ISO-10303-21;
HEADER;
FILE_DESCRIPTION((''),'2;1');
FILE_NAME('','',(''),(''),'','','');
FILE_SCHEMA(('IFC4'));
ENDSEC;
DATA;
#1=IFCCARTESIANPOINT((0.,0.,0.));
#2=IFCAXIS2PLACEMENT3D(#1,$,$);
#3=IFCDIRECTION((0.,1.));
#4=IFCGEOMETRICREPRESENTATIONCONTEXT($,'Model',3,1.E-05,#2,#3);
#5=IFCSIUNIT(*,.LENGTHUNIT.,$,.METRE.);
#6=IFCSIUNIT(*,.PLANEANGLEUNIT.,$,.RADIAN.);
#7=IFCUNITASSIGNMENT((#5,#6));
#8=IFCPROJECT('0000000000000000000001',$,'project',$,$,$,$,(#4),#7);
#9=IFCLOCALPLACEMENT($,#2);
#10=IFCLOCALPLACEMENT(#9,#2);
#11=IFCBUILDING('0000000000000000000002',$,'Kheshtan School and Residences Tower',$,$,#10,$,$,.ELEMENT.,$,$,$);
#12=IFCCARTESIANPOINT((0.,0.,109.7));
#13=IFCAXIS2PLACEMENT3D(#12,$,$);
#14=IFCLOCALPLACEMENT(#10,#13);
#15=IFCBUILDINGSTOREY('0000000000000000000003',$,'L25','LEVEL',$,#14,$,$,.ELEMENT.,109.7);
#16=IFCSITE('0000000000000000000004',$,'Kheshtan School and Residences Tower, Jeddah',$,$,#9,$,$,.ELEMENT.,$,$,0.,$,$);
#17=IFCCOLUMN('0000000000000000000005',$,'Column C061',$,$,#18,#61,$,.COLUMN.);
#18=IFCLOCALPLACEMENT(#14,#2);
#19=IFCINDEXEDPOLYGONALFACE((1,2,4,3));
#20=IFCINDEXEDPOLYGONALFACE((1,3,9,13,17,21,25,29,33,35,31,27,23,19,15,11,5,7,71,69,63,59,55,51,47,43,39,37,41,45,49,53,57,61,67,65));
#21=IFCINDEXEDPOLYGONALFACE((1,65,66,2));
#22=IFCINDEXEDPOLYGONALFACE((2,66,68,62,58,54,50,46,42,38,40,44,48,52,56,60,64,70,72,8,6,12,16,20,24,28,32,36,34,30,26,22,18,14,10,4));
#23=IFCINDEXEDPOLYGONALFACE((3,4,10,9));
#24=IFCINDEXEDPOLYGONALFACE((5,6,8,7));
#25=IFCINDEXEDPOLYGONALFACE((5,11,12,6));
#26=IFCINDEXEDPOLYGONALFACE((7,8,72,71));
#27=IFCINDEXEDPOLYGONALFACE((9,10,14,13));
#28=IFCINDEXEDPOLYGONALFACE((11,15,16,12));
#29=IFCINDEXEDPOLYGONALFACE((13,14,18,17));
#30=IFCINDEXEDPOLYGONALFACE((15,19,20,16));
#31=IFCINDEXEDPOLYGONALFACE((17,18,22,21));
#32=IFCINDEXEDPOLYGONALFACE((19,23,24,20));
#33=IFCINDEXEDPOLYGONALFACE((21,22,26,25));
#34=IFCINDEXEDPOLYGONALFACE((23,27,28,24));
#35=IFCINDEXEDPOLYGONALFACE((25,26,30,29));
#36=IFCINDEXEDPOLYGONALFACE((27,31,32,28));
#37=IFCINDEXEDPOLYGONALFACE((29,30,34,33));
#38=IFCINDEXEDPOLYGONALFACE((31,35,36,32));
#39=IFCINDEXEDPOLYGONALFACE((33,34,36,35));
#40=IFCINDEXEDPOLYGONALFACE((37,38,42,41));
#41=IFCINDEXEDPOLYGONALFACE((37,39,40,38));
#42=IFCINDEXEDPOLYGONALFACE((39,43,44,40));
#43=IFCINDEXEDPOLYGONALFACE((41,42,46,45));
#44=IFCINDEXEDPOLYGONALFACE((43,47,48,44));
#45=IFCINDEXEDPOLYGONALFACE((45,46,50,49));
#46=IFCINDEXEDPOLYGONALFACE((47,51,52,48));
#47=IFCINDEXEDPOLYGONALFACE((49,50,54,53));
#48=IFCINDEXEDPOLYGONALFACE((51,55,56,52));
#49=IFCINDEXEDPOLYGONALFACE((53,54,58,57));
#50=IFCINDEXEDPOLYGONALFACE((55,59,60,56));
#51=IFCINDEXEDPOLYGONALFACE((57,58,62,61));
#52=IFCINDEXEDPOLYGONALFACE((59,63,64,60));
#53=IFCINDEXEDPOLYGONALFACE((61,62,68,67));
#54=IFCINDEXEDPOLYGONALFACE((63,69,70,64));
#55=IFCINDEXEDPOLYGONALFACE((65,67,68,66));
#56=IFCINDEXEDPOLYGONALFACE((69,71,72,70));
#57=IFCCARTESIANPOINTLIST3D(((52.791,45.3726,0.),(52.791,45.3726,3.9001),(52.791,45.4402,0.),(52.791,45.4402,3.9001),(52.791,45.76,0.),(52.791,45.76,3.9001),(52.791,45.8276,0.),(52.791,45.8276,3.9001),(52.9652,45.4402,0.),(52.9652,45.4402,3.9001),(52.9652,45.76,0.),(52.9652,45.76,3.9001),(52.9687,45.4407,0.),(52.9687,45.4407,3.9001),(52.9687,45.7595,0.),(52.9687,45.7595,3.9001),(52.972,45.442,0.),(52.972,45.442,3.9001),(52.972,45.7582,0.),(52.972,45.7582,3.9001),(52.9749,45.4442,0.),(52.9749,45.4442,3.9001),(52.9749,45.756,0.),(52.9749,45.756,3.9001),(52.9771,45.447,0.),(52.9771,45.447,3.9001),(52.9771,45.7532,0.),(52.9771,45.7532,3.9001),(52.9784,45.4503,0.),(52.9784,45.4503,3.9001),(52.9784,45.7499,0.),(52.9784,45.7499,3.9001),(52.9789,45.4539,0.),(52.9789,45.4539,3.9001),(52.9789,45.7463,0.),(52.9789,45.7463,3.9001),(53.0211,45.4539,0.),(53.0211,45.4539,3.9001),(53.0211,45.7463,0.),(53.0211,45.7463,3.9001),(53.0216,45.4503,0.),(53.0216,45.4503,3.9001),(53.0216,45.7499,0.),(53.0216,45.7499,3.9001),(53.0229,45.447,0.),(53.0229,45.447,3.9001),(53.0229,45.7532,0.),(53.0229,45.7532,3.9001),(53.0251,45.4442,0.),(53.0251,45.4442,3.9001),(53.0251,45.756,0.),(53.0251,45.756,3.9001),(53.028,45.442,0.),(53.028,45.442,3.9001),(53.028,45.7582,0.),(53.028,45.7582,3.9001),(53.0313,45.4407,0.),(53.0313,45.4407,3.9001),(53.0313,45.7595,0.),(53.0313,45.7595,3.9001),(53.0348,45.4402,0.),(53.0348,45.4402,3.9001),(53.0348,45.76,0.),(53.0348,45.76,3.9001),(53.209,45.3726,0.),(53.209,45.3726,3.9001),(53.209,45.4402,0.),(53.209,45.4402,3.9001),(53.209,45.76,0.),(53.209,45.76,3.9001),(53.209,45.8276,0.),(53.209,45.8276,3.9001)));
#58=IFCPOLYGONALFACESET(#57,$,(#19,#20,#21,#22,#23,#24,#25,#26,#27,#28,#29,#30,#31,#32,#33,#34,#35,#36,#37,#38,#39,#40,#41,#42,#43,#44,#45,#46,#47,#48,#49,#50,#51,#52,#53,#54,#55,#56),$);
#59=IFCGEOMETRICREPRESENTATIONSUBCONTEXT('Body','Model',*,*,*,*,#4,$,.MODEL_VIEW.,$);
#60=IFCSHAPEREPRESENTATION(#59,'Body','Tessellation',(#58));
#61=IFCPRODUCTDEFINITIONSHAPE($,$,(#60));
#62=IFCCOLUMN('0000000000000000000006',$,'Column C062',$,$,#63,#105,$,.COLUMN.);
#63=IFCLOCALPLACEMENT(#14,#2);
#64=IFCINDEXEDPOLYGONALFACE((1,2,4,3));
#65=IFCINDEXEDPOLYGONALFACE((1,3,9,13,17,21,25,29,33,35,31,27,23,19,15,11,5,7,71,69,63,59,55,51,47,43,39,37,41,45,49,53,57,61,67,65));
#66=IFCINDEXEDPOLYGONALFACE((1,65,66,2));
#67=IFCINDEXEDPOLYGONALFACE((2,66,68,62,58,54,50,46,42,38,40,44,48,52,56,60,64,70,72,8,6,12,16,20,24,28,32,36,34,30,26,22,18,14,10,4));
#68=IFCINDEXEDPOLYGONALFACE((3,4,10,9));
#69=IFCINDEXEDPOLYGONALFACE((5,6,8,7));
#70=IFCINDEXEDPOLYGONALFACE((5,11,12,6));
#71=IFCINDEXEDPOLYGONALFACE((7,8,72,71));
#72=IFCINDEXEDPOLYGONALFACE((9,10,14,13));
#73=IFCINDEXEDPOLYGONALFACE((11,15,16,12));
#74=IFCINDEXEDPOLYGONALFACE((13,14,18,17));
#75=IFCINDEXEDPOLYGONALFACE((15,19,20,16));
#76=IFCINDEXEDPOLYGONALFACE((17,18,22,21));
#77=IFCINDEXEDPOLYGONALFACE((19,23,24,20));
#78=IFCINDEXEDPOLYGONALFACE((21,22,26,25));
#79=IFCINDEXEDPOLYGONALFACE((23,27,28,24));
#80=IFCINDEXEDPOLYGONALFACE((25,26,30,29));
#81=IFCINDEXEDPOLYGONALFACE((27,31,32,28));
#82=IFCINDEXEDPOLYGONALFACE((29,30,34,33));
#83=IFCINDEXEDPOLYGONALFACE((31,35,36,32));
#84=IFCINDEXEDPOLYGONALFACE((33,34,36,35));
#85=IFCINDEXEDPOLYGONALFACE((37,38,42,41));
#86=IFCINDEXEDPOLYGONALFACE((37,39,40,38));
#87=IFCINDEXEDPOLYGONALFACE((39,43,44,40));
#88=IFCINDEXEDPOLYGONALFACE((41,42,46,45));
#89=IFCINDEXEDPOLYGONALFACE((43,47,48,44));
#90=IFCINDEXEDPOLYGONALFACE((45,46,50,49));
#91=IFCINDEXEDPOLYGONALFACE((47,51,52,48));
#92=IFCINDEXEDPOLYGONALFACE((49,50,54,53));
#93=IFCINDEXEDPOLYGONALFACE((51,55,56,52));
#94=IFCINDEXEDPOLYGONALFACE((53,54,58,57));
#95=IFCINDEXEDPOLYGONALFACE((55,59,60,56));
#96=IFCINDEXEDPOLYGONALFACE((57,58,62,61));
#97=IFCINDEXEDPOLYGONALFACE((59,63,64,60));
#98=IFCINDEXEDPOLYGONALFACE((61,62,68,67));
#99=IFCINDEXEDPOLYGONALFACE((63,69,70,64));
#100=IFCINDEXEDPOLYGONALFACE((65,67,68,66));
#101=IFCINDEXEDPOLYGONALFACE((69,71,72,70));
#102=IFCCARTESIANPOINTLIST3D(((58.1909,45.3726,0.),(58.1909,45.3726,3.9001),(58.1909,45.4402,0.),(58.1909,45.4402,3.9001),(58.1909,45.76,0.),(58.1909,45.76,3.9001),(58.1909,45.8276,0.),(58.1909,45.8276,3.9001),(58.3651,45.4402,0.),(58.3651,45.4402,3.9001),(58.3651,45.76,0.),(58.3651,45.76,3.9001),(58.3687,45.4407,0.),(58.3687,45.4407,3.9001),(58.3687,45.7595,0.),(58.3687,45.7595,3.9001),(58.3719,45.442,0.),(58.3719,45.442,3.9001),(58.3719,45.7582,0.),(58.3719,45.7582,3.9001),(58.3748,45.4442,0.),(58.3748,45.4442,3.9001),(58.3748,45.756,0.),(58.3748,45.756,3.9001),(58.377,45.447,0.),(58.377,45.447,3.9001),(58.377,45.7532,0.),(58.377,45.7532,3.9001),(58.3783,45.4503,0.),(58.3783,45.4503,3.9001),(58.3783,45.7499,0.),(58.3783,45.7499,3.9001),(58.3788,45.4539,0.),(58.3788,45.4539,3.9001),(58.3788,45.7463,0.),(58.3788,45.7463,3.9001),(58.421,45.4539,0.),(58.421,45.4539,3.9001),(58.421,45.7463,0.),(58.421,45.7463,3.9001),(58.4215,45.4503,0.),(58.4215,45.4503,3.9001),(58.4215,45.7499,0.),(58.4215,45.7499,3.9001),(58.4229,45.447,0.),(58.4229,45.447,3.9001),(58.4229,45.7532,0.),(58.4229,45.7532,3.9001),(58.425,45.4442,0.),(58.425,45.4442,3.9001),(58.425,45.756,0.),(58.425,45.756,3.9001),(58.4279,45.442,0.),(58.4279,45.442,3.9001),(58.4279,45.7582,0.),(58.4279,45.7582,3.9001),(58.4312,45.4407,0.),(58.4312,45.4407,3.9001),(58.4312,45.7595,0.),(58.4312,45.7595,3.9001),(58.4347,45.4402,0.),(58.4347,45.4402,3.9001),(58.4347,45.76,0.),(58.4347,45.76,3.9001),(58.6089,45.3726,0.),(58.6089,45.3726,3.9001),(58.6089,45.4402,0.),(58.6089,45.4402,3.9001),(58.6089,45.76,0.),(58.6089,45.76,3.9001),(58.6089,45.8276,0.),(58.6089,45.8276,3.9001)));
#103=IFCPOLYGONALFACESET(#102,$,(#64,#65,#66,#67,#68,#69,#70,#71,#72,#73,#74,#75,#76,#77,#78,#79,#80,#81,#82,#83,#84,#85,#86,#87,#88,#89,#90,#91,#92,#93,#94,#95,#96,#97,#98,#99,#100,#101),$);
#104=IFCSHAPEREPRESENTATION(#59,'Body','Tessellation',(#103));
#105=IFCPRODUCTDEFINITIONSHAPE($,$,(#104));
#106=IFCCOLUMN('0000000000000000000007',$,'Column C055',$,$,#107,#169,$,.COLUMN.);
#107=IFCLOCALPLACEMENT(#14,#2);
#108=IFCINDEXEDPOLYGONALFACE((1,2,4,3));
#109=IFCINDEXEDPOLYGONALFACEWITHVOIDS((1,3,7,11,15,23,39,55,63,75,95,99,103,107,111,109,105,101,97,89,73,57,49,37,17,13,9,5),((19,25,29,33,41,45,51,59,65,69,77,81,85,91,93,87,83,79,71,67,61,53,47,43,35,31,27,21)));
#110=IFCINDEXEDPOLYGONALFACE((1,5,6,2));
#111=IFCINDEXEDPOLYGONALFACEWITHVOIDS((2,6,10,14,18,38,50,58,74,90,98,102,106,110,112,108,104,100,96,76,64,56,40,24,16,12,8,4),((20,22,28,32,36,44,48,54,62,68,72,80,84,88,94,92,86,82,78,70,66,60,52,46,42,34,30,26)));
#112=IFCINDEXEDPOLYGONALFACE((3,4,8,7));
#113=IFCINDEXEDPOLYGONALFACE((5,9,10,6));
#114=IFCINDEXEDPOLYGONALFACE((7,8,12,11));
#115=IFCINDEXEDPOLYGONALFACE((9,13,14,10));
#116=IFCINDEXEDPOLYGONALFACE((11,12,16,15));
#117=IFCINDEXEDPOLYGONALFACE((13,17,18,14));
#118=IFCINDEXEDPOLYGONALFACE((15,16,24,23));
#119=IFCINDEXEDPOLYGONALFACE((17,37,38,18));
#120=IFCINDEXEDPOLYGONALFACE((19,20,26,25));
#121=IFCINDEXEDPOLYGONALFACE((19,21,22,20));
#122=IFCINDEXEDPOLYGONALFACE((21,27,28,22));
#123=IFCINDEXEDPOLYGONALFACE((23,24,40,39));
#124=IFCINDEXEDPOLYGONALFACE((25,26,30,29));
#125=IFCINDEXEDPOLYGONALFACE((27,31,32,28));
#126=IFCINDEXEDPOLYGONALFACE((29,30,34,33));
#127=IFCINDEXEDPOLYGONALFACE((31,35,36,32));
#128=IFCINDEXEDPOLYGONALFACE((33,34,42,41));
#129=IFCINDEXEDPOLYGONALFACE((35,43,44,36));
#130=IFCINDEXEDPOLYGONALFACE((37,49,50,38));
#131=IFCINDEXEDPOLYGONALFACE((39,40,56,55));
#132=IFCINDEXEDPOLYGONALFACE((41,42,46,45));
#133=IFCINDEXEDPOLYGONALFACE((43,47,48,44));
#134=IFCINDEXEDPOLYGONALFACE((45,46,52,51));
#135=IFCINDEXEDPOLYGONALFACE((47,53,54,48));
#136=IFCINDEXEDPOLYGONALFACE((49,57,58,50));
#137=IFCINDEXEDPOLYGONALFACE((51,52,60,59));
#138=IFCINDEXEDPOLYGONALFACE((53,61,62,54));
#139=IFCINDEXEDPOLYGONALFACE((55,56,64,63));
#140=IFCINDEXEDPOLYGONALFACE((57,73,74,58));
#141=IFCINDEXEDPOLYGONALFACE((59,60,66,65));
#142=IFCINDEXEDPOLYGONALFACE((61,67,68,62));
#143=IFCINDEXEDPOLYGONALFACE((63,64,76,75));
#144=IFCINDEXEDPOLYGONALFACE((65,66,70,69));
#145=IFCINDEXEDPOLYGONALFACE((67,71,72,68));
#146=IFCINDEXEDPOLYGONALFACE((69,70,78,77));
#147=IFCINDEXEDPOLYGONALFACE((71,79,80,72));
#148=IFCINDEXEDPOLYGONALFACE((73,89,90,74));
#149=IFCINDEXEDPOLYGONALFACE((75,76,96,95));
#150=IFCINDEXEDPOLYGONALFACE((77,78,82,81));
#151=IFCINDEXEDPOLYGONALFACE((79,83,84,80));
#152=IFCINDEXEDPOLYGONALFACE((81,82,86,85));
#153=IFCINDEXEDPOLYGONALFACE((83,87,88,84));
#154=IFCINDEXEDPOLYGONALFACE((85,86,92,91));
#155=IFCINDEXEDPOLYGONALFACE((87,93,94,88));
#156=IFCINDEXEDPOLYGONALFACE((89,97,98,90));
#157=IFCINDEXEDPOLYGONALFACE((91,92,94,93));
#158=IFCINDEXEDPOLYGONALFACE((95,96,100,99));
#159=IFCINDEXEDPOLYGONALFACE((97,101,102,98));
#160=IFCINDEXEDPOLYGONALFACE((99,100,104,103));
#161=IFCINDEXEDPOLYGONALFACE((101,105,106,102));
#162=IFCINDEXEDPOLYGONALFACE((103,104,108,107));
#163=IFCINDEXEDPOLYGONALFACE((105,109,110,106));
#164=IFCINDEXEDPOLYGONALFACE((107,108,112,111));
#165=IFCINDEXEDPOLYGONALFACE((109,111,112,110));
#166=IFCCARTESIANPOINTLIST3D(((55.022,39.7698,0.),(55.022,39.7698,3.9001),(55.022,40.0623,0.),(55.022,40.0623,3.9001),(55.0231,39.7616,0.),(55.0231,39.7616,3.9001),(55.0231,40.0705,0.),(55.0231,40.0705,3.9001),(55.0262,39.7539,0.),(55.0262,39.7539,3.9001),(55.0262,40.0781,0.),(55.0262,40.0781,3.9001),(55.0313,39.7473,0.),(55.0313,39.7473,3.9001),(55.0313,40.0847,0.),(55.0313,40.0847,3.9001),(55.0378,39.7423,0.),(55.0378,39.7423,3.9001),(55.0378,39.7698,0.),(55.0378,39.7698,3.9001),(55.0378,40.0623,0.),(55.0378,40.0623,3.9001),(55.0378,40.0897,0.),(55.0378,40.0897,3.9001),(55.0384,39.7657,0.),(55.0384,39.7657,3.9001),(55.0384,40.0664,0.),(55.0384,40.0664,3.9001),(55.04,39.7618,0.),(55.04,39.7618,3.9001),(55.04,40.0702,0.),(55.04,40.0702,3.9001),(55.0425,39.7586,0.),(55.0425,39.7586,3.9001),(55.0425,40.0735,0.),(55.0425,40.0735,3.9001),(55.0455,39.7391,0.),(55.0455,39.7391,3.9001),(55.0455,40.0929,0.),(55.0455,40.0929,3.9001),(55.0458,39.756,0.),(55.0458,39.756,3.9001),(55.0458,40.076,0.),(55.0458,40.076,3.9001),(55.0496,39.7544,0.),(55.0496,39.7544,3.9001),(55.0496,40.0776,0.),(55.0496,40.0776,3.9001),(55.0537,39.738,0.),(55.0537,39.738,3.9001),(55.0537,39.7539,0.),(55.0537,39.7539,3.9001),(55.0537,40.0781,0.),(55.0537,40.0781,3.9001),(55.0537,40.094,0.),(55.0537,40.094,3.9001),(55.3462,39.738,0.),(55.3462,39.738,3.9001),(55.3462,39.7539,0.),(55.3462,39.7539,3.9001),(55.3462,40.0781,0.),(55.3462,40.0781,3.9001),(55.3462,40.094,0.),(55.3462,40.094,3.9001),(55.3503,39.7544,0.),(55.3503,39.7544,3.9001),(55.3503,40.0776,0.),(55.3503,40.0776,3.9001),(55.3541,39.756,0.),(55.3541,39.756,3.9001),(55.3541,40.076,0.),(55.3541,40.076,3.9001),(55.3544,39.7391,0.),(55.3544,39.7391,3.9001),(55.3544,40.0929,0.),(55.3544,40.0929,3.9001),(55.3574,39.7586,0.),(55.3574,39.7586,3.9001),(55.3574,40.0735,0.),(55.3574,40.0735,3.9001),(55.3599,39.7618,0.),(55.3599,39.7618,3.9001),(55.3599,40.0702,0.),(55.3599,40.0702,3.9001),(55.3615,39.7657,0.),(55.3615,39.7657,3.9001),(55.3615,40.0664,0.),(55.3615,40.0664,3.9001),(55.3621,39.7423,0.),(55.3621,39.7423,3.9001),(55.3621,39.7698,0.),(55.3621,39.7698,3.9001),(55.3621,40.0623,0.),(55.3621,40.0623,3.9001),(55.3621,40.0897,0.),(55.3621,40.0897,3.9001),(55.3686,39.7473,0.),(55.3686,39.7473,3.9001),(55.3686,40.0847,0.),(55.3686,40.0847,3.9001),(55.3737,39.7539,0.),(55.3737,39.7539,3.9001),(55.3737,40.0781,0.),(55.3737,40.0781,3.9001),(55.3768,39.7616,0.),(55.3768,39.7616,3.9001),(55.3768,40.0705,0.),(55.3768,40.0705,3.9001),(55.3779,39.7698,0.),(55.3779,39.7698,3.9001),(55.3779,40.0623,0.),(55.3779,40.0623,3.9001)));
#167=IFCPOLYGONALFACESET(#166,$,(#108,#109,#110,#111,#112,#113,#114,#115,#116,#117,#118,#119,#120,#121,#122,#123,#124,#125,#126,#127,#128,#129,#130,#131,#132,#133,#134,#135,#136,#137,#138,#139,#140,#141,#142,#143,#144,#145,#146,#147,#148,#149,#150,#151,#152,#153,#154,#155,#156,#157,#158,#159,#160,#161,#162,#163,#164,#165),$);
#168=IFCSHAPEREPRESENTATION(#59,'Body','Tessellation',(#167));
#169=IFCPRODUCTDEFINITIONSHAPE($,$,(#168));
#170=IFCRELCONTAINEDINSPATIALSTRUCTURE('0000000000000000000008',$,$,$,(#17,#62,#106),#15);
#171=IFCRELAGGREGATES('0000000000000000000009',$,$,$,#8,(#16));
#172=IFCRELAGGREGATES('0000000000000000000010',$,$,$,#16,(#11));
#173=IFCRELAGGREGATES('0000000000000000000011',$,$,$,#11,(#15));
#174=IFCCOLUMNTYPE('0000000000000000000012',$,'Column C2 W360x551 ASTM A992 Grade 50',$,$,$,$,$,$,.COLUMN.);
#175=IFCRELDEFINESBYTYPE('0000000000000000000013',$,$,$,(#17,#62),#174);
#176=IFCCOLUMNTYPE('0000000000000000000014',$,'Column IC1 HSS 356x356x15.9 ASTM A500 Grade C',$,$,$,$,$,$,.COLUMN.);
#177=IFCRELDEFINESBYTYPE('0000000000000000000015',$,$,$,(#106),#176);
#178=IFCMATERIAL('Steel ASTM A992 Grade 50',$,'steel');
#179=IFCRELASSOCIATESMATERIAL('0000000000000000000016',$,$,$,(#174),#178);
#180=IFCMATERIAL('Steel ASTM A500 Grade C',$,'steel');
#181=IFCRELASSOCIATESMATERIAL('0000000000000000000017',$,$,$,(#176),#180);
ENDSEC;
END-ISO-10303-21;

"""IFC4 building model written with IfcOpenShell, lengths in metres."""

from ifc_helpers import new_model, si_unit, direction, frame, origin, origin_2d, place, context, subcontext, project, spatial, hollow_rectangle, i_section, extrude, material, material_profile, profile_set, type_object, element, save


model = new_model("IFC4")

# Units and contexts
model_context = context("Model", 3, precision=1e-05, world=origin(), true_north=direction((0.0, 1.0)))
body_context = subcontext(model_context, "Body", "Model", "MODEL_VIEW")
ifc_project = project(units=[si_unit("LENGTHUNIT", "METRE"), si_unit("PLANEANGLEUNIT", "RADIAN")], contexts=[model_context])

# Site, building, storey
site_placement = place(None, origin())
site = spatial("IfcSite", under=ifc_project, at=site_placement, Name="Kheshtan School and Residences Tower, Jeddah", CompositionType="ELEMENT", RefElevation=0.0)
building_placement = place(site_placement, origin())
building = spatial("IfcBuilding", under=site, at=building_placement, Name="Kheshtan School and Residences Tower", CompositionType="ELEMENT")
storey_placement = place(building_placement, frame((0.0, 0.0, 109.7)))
storey = spatial("IfcBuildingStorey", under=building, at=storey_placement, Name="L25", Description="LEVEL", CompositionType="ELEMENT", Elevation=109.7)

# Columns
ifc_material_1 = material(Name="Steel ASTM A992 Grade 50", Category="steel")
ifc_material_profile_1 = material_profile(ifc_material_1, i_section(OverallWidth=0.418, OverallDepth=0.4551, WebThickness=0.0422, FlangeThickness=0.0676, FilletRadius=0.0137, at=origin_2d()), Name="W360x551")
ifc_profile_set_1 = profile_set([ifc_material_profile_1], Name="Steel ASTM A992 Grade 50")
column_type_1 = type_object("IfcColumnType", Name="Column C2 W360x551 ASTM A992 Grade 50", PredefinedType="COLUMN", material=ifc_profile_set_1)
for number, where, z_axis, x_axis, name in (
    (1, (53.0, 45.6001, 0.0), (0.0, 0.0, 1.0), (1.0, 0.0, 0.0), "Column C061"),
    (2, (58.3999, 45.6001, 0.0), (0.0, 0.0, 1.0), (1.0, 0.0, 0.0), "Column C062"),
):
    element("IfcColumn", number, at=place(storey_placement, frame(where, z_axis=z_axis, x_axis=x_axis)), inside=storey, type_object=column_type_1, Name=name, PredefinedType="COLUMN", context=body_context, shape_type="SweptSolid", body=[
        extrude(i_section(OverallWidth=0.418, OverallDepth=0.4551, WebThickness=0.0422, FlangeThickness=0.0676, FilletRadius=0.0137, at=origin_2d()), origin(), (0.0, 0.0, 1.0), 3.9001),
    ])
ifc_material_2 = material(Name="Steel ASTM A500 Grade C", Category="steel")
ifc_material_profile_2 = material_profile(ifc_material_2, hollow_rectangle(XDim=0.356, YDim=0.356, WallThickness=0.0159, InnerFilletRadius=0.0159, OuterFilletRadius=0.0317, at=origin_2d()), Name="HSS 356x356x15.9")
ifc_profile_set_2 = profile_set([ifc_material_profile_2], Name="Steel ASTM A500 Grade C")
column_type_2 = type_object("IfcColumnType", Name="Column IC1 HSS 356x356x15.9 ASTM A500 Grade C", PredefinedType="COLUMN", material=ifc_profile_set_2)
column_placement = place(storey_placement, frame((55.2, 39.916, 0.0), z_axis=(0.0, 0.0, 1.0), x_axis=(1.0, 0.0, 0.0)))
element("IfcColumn", 3, at=column_placement, inside=storey, type_object=column_type_2, Name="Column C055", PredefinedType="COLUMN", context=body_context, shape_type="SweptSolid", body=[
    extrude(hollow_rectangle(XDim=0.356, YDim=0.356, WallThickness=0.0159, InnerFilletRadius=0.0159, OuterFilletRadius=0.0317, at=origin_2d()), origin(), (0.0, 0.0, 1.0), 3.9001),
])

save(model, "model.ifc")
